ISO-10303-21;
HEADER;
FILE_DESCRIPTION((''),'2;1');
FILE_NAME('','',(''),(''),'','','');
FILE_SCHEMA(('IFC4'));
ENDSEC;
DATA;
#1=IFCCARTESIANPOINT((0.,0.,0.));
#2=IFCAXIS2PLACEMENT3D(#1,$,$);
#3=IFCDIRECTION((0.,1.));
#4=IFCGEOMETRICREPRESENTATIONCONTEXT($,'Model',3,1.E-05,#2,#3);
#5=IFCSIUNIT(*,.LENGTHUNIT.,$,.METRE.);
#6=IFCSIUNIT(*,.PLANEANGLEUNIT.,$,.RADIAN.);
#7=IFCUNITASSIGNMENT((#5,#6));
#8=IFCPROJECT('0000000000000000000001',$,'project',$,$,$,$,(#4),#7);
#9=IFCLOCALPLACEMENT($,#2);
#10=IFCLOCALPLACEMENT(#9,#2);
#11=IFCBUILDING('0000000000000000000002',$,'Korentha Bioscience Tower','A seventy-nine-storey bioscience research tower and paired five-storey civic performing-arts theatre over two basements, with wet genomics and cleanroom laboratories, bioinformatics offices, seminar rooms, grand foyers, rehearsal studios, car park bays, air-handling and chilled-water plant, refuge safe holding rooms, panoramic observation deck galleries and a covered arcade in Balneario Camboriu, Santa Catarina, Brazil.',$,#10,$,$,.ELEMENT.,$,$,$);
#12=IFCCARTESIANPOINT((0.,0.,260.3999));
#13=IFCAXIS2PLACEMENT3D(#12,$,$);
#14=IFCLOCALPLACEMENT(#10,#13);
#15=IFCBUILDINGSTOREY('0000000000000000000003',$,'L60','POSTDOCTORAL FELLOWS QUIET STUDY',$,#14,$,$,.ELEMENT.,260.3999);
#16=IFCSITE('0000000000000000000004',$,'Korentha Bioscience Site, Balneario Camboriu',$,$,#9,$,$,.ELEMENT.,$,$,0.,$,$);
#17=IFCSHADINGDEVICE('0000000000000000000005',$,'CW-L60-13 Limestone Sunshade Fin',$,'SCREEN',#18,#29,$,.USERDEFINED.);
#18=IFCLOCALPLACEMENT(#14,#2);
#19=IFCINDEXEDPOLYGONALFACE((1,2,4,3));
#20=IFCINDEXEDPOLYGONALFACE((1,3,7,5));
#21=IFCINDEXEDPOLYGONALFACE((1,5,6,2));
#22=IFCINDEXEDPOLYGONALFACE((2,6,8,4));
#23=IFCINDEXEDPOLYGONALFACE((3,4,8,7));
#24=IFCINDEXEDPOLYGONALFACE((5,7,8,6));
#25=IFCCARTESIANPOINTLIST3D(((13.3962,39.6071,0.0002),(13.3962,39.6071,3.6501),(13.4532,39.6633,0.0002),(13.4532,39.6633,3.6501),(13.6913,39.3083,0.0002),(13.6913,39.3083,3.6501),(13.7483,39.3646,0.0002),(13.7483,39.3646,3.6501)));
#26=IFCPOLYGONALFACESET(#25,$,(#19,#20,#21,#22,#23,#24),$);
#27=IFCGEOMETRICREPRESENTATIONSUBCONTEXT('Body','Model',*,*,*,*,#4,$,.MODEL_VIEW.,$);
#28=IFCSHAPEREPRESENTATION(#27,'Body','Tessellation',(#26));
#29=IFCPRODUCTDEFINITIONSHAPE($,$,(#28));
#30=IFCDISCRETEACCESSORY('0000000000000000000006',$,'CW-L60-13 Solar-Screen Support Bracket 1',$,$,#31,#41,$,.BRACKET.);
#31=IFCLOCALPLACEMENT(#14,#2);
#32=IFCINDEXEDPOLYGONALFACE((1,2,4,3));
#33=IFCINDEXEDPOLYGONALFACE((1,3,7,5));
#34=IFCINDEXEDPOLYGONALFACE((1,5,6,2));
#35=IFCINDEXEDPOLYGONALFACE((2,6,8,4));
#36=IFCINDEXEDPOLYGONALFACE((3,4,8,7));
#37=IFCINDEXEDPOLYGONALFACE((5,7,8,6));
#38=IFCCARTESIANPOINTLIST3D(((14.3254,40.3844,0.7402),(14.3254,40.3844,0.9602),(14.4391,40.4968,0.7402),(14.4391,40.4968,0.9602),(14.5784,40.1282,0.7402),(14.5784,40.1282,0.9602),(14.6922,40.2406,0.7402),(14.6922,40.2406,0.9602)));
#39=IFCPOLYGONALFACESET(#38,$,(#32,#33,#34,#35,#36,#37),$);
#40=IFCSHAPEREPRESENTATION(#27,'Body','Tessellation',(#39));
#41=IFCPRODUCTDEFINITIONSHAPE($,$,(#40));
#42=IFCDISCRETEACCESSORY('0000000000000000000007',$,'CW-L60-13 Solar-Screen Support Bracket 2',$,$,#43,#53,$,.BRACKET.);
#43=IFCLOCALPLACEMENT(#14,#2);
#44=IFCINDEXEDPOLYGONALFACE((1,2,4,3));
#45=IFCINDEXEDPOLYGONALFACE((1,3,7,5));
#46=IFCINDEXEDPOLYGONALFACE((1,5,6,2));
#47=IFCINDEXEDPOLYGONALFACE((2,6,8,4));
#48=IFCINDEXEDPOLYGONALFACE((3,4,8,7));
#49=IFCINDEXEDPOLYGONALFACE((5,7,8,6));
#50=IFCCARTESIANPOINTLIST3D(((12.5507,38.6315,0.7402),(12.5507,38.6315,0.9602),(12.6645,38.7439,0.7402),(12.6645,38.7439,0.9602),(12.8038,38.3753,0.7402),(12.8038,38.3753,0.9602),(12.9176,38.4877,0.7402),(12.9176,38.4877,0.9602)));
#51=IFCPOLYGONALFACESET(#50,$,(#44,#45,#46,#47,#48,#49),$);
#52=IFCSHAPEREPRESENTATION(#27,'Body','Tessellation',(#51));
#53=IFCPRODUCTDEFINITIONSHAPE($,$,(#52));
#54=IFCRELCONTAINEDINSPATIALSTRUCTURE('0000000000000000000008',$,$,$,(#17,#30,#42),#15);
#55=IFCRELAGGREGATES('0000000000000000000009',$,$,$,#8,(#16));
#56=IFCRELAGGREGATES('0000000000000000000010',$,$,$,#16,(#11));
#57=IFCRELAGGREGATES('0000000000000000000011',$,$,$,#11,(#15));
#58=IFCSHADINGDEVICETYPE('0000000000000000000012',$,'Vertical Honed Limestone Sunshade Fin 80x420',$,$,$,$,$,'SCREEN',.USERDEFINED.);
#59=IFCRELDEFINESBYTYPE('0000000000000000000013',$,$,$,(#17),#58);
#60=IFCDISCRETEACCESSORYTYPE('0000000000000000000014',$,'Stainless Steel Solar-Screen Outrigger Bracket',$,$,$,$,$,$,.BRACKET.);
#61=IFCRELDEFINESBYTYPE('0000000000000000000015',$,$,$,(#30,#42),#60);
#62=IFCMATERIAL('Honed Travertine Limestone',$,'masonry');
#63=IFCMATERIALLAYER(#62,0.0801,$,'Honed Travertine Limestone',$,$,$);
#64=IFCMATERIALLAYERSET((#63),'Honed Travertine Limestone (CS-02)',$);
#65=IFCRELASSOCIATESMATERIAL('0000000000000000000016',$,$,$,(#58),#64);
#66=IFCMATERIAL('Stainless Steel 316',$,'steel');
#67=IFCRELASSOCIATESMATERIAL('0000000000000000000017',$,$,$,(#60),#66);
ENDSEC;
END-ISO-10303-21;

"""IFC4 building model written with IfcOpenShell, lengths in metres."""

from ifc_helpers import new_model, si_unit, direction, frame, origin, origin_2d, place, context, subcontext, project, spatial, rectangle, extrude, material, layer, layer_set, type_object, element, save


model = new_model("IFC4")

# Units and contexts
model_context = context("Model", 3, precision=1e-05, world=origin(), true_north=direction((0.0, 1.0)))
body_context = subcontext(model_context, "Body", "Model", "MODEL_VIEW")
ifc_project = project(units=[si_unit("LENGTHUNIT", "METRE"), si_unit("PLANEANGLEUNIT", "RADIAN")], contexts=[model_context])

# Site, building, storey
site_placement = place(None, origin())
site = spatial("IfcSite", under=ifc_project, at=site_placement, Name="Korentha Bioscience Site, Balneario Camboriu", CompositionType="ELEMENT", RefElevation=0.0)
building_placement = place(site_placement, origin())
building = spatial("IfcBuilding", under=site, at=building_placement, Name="Korentha Bioscience Tower", Description="A seventy-nine-storey bioscience research tower and paired five-storey civic performing-arts theatre over two basements, with wet genomics and cleanroom laboratories, bioinformatics offices, seminar rooms, grand foyers, rehearsal studios, car park bays, air-handling and chilled-water plant, refuge safe holding rooms, panoramic observation deck galleries and a covered arcade in Balneario Camboriu, Santa Catarina, Brazil.", CompositionType="ELEMENT")
storey_placement = place(building_placement, frame((0.0, 0.0, 260.3999)))
storey = spatial("IfcBuildingStorey", under=building, at=storey_placement, Name="L60", Description="POSTDOCTORAL FELLOWS QUIET STUDY", CompositionType="ELEMENT", Elevation=260.3999)

# Shading device
ifc_material_1 = material(Name="Honed Travertine Limestone", Category="masonry")
ifc_layer_1 = layer(ifc_material_1, 0.0801, Name="Honed Travertine Limestone")
ifc_layer_set_1 = layer_set([ifc_layer_1], Name="Honed Travertine Limestone (CS-02)")
shading_device_type_1 = type_object("IfcShadingDeviceType", Name="Vertical Honed Limestone Sunshade Fin 80x420", ElementType="SCREEN", PredefinedType="USERDEFINED", material=ifc_layer_set_1)
shading_device_1_placement = place(storey_placement, frame((13.5723, 39.4858, 0.0002), z_axis=(0.0, 0.0, 1.0), x_axis=(-0.711398, -0.70279, 0.0)))
element("IfcShadingDevice", 1, at=shading_device_1_placement, inside=storey, type_object=shading_device_type_1, Name="CW-L60-13 Limestone Sunshade Fin", ObjectType="SCREEN", PredefinedType="USERDEFINED", context=body_context, shape_type="SweptSolid", body=[
    extrude(rectangle(XDim=0.0801, YDim=0.4199, at=origin_2d()), origin(), (0.0, 0.0, 1.0), 3.6499),
])

# Discrete accessories
ifc_material_2 = material(Name="Stainless Steel 316", Category="steel")
discrete_accessory_type = type_object("IfcDiscreteAccessoryType", Name="Stainless Steel Solar-Screen Outrigger Bracket", PredefinedType="BRACKET", material=ifc_material_2)
for number, where, z_axis, x_axis, name in (
    (2, (14.5088, 40.3125, 0.7402), (0.0, 0.0, 1.0), (-0.711398, -0.70279, 0.0), "CW-L60-13 Solar-Screen Support Bracket 1"),
    (3, (12.7341, 38.5596, 0.7402), (0.0, 0.0, 1.0), (-0.711398, -0.70279, 0.0), "CW-L60-13 Solar-Screen Support Bracket 2"),
):
    element("IfcDiscreteAccessory", number, at=place(storey_placement, frame(where, z_axis=z_axis, x_axis=x_axis)), inside=storey, type_object=discrete_accessory_type, Name=name, PredefinedType="BRACKET", context=body_context, shape_type="SweptSolid", body=[
        extrude(rectangle(XDim=0.1599, YDim=0.3601, at=origin_2d()), origin(), (0.0, 0.0, 1.0), 0.22),
    ])

save(model, "model.ifc")
